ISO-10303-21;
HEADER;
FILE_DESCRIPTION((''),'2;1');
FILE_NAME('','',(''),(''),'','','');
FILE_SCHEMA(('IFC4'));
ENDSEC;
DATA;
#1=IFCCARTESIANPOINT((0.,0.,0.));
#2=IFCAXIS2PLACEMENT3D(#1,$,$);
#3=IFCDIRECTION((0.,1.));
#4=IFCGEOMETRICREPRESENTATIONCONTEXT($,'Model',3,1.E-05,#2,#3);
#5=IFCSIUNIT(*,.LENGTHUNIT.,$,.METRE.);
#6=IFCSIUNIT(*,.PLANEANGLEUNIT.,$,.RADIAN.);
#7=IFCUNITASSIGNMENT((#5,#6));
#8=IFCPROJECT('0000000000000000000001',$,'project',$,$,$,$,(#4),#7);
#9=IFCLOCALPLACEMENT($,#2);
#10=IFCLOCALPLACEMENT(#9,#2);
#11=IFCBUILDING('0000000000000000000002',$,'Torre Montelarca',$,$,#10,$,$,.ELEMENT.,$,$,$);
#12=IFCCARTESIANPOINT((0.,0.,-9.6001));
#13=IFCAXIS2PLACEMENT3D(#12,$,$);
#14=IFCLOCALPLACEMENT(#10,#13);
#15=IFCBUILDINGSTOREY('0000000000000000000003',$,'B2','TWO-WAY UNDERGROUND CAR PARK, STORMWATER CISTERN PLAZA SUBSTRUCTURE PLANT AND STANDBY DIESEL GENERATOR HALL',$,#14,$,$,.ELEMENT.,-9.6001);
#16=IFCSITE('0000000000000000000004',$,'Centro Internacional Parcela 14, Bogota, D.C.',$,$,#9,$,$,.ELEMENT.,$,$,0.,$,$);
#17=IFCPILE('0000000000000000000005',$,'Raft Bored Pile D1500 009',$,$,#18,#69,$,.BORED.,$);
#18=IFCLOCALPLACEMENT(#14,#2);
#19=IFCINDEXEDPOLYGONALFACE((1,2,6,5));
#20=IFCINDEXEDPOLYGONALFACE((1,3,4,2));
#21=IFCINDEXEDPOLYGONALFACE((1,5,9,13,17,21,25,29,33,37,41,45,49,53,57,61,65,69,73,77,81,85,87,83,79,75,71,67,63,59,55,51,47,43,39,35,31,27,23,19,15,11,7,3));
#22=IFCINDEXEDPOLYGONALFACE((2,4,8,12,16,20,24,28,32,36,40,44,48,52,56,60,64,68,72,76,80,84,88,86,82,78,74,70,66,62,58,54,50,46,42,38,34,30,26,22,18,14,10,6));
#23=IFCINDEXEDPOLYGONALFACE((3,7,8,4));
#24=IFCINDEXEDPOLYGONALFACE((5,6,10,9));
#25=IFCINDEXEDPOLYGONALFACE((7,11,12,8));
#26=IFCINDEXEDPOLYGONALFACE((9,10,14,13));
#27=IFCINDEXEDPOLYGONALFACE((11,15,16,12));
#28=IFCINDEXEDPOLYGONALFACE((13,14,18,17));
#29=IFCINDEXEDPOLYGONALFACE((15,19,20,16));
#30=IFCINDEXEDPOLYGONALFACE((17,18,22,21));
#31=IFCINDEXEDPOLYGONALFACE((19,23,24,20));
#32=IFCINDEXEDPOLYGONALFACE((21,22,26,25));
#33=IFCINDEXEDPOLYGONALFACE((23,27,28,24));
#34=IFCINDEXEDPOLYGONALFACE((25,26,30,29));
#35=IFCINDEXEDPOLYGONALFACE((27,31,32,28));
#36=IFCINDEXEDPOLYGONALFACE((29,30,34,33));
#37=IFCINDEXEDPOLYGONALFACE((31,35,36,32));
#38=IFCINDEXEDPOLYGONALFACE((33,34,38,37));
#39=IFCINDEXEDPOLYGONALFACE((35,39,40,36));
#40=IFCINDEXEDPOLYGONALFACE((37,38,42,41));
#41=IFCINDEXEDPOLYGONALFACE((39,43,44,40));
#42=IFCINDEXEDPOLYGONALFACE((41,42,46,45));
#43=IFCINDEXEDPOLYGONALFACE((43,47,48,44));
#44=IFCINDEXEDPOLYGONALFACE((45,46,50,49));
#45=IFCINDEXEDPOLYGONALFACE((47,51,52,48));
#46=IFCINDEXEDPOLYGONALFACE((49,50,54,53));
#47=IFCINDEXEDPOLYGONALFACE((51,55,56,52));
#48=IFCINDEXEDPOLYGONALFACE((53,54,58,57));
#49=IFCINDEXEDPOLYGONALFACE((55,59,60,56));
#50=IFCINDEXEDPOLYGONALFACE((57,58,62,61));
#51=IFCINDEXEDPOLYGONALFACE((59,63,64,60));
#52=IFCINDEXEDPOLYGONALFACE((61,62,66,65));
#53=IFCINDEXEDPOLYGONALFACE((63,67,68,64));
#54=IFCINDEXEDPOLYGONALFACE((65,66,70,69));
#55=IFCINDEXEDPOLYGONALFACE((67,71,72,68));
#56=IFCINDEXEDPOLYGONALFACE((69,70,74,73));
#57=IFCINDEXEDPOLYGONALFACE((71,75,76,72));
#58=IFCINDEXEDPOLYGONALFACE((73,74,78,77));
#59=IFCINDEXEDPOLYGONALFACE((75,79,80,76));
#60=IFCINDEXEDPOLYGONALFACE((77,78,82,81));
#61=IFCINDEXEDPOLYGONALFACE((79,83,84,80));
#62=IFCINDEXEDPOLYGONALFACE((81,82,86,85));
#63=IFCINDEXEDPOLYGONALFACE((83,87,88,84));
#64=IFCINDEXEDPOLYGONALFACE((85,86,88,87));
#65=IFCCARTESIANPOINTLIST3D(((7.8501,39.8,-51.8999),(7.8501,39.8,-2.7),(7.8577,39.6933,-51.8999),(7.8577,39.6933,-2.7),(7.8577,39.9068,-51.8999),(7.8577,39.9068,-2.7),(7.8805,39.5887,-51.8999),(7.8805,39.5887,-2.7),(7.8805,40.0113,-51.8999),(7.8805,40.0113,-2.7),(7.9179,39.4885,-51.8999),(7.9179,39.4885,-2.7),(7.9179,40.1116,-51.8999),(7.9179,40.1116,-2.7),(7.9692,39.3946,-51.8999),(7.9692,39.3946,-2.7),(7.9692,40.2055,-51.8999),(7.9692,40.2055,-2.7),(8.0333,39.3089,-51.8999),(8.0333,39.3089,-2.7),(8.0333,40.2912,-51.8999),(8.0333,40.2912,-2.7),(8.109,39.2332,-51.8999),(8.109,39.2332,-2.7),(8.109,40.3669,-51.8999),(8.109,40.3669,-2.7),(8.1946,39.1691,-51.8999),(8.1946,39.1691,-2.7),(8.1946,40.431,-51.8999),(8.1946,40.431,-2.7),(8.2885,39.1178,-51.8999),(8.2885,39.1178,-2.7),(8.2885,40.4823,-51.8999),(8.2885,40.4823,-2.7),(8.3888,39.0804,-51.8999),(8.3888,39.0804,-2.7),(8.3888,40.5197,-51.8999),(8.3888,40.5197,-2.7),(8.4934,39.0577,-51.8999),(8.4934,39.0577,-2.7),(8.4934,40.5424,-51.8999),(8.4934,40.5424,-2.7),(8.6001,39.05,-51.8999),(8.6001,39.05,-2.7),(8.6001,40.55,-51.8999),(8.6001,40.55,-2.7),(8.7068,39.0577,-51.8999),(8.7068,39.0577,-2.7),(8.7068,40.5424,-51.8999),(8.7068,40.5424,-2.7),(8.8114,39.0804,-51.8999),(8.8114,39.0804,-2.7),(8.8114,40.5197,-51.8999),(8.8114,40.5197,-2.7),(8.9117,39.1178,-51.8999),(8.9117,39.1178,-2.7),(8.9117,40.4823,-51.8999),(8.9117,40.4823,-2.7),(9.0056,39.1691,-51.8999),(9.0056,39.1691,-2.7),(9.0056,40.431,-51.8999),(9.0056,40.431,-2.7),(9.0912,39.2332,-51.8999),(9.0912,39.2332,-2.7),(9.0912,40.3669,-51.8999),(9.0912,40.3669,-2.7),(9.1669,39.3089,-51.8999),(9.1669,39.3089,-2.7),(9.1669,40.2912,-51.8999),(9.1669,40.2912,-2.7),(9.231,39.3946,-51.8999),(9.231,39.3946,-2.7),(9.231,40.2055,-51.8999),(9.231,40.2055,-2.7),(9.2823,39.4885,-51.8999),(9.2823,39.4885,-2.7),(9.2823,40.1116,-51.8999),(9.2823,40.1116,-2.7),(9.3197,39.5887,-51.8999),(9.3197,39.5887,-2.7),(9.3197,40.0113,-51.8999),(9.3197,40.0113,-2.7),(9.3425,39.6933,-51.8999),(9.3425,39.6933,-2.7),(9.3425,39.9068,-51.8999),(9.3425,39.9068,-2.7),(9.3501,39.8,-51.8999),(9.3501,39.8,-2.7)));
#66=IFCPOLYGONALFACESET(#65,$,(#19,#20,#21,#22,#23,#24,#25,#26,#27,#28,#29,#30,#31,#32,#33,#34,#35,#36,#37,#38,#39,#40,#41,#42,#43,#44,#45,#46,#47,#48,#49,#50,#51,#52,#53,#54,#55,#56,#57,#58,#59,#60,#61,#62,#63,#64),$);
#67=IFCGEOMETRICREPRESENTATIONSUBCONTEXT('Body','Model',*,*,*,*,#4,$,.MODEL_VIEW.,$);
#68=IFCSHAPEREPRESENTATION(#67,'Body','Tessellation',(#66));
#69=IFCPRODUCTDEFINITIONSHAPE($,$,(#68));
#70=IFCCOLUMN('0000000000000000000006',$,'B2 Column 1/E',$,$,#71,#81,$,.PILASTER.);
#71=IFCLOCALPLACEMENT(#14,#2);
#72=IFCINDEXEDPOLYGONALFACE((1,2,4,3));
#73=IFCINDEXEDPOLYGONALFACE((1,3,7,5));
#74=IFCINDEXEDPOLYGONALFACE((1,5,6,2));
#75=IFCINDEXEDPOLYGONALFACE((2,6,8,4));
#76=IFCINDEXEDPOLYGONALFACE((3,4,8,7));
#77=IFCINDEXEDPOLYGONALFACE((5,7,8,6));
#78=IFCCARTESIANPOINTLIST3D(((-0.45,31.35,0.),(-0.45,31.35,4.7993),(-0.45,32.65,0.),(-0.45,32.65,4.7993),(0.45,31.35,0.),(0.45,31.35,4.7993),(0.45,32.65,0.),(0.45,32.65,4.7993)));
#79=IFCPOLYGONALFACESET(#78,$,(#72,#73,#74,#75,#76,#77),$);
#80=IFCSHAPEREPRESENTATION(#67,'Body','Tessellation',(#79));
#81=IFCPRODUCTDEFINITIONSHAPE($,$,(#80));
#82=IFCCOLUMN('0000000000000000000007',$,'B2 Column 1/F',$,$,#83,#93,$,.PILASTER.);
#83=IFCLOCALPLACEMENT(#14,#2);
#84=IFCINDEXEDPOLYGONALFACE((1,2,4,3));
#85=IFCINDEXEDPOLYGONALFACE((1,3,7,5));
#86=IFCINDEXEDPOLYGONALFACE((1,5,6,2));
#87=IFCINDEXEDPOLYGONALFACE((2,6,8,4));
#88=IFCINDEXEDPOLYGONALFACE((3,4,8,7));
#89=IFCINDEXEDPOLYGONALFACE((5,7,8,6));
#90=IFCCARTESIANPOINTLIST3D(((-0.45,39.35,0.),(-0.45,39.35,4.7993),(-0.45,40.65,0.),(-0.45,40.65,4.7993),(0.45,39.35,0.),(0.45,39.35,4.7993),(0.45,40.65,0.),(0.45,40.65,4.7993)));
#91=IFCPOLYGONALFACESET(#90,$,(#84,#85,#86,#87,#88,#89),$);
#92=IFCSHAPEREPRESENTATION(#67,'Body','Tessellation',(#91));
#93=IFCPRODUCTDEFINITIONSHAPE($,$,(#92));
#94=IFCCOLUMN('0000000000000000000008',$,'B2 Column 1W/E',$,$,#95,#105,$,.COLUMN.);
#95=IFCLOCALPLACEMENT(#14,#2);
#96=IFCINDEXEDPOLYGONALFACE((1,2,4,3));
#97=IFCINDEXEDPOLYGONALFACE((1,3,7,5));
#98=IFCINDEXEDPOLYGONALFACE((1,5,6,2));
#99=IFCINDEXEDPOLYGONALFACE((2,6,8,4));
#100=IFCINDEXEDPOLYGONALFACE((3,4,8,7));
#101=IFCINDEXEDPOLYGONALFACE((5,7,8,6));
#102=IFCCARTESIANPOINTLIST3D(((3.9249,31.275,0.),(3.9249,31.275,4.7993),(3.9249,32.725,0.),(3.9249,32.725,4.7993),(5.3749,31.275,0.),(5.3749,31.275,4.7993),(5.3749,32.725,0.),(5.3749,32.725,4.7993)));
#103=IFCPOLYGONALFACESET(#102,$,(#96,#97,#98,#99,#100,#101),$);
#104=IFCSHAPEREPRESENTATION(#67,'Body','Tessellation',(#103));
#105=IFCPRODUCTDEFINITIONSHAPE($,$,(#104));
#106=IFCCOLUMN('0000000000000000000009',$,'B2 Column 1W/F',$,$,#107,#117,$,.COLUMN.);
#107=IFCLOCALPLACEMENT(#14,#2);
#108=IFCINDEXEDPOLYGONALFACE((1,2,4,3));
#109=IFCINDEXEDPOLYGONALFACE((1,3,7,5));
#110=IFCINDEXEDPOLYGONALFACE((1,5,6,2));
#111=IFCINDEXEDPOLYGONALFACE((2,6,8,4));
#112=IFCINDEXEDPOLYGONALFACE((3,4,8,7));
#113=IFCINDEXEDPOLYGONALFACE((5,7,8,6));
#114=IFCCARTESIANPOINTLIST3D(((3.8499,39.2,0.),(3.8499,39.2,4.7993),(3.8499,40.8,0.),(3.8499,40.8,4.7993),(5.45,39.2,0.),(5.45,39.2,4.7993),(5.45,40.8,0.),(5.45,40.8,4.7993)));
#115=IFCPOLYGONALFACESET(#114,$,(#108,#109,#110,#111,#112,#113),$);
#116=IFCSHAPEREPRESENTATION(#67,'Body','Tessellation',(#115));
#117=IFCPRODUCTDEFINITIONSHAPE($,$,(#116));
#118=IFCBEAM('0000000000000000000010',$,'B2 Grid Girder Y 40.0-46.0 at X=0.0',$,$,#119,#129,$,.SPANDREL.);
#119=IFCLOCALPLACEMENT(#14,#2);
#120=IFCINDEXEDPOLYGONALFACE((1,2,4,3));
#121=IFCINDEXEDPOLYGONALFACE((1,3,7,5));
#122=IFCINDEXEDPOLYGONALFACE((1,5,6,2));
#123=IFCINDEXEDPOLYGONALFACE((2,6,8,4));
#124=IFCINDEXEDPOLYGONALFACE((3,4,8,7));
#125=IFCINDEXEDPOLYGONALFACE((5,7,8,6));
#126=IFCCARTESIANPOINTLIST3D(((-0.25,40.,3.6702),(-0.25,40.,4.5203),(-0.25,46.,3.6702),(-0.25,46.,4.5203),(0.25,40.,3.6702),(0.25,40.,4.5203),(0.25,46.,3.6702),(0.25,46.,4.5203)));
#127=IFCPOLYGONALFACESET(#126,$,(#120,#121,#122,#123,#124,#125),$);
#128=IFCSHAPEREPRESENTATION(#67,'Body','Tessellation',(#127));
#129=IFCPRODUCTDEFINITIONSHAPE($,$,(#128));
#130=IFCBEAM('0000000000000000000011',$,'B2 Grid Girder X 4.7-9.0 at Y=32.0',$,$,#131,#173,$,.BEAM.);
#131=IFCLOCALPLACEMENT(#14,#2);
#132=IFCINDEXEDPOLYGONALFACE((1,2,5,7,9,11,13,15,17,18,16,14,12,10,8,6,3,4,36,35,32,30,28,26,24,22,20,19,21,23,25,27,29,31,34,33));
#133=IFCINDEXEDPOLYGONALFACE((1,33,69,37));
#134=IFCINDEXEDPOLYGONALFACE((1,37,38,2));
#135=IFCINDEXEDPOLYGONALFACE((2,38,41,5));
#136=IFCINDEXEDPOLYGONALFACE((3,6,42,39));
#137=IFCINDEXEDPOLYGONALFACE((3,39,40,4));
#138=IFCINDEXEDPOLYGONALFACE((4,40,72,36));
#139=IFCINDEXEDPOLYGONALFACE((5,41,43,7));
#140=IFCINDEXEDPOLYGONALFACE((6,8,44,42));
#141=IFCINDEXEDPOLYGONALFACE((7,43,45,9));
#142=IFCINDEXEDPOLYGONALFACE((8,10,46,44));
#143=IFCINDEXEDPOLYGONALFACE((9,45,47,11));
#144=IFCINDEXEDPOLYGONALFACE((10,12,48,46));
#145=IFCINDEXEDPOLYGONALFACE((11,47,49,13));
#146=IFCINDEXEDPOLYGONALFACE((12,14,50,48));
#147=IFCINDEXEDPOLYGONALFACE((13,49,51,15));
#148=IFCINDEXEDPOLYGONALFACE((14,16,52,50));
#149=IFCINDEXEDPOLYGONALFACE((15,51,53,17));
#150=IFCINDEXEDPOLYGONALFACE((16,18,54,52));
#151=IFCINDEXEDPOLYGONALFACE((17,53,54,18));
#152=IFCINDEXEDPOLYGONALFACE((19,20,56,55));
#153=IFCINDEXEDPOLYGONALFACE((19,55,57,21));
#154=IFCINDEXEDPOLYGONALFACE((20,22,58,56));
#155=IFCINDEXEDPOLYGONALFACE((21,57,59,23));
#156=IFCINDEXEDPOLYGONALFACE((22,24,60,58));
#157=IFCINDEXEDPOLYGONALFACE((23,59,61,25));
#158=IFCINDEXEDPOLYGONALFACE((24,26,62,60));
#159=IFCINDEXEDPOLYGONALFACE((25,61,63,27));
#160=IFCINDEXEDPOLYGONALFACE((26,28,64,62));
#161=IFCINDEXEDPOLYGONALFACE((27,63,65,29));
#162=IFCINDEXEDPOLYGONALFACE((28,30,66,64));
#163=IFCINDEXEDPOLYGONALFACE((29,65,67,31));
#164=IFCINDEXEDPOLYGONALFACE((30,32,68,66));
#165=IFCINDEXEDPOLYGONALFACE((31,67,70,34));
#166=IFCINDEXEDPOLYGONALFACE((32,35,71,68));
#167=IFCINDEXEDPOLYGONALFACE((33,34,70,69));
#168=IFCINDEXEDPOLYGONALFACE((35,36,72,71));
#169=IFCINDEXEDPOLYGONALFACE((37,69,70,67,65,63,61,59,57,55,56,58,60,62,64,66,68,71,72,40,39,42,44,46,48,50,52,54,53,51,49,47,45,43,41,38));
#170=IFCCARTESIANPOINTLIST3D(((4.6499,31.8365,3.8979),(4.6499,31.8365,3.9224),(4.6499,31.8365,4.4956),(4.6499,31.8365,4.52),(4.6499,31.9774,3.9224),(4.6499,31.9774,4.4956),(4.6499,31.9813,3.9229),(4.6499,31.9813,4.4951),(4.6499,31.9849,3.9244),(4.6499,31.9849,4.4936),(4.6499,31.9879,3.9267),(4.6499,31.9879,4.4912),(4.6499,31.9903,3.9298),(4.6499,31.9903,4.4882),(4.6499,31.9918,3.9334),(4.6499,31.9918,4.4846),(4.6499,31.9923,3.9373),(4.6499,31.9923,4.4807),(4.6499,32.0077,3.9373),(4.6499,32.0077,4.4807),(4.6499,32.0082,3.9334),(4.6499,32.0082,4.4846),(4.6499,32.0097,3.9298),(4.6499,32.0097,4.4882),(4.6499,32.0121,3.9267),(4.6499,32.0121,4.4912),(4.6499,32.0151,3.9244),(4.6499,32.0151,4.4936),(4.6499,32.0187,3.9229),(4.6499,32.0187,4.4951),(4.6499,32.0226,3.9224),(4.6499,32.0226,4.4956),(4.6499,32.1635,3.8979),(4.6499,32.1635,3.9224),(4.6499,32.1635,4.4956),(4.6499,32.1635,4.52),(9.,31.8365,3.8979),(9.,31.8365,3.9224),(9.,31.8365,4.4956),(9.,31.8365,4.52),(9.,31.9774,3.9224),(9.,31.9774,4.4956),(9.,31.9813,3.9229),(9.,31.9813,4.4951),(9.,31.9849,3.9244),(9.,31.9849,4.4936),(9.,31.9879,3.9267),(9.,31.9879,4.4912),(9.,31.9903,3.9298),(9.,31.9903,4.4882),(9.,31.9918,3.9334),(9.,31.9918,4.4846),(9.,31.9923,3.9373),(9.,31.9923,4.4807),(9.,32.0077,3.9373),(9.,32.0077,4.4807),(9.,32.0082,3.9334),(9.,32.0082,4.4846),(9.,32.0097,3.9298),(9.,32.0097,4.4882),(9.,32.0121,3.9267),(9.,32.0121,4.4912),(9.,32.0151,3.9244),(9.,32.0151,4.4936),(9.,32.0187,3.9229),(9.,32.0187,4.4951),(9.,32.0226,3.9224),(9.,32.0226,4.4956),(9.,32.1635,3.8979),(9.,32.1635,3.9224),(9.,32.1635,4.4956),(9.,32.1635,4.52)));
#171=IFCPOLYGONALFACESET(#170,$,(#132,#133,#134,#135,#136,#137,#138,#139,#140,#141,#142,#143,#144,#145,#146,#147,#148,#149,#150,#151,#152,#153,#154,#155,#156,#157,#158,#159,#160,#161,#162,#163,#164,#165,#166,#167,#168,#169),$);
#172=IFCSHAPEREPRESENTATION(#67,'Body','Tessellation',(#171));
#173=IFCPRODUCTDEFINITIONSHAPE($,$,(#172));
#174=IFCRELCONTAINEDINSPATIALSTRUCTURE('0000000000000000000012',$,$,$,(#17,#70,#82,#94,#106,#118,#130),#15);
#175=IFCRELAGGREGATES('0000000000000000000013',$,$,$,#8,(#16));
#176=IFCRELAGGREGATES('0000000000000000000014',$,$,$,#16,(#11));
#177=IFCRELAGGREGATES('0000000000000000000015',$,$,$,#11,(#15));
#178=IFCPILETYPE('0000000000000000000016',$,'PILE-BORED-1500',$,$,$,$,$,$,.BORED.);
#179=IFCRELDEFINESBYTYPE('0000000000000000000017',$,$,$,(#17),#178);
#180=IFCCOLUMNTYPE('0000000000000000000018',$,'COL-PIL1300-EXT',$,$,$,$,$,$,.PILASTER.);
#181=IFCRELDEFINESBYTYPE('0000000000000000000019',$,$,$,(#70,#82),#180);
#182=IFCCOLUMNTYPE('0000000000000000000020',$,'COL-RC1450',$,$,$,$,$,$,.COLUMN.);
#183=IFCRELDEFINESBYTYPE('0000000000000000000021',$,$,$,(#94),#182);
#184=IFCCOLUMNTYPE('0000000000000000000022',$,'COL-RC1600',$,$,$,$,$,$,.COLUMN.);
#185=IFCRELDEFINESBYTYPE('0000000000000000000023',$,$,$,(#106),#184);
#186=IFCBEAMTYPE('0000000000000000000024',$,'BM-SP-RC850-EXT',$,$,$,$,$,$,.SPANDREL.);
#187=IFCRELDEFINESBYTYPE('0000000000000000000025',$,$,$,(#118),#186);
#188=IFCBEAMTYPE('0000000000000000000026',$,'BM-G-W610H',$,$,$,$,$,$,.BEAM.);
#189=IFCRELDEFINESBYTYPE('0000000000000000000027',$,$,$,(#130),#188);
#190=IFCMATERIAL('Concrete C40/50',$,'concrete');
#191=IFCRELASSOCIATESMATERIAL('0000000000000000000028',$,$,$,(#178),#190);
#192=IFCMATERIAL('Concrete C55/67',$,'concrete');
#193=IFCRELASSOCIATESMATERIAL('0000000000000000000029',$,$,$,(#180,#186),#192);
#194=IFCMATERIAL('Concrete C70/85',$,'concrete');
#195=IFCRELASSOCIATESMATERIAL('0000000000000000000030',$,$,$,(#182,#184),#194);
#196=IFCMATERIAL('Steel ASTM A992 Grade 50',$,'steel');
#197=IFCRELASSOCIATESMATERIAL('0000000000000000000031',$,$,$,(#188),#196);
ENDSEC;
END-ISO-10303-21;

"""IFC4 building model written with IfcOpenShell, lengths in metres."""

from ifc_helpers import new_model, si_unit, direction, frame, origin, origin_2d, place, context, subcontext, project, spatial, rectangle, circle, i_section, extrude, source, transform, mapped, material, material_profile, profile_set, type_object, element, save


model = new_model("IFC4")

# Units and contexts
model_context = context("Model", 3, precision=1e-05, world=origin(), true_north=direction((0.0, 1.0)))
body_context = subcontext(model_context, "Body", "Model", "MODEL_VIEW")
ifc_project = project(units=[si_unit("LENGTHUNIT", "METRE"), si_unit("PLANEANGLEUNIT", "RADIAN")], contexts=[model_context])

# Site, building, storey
site_placement = place(None, origin())
site = spatial("IfcSite", under=ifc_project, at=site_placement, Name="Centro Internacional Parcela 14, Bogota, D.C.", CompositionType="ELEMENT", RefElevation=0.0)
building_placement = place(site_placement, origin())
building = spatial("IfcBuilding", under=site, at=building_placement, Name="Torre Montelarca", CompositionType="ELEMENT")
storey_placement = place(building_placement, frame((0.0, 0.0, -9.6001)))
storey = spatial("IfcBuildingStorey", under=building, at=storey_placement, Name="B2", Description="TWO-WAY UNDERGROUND CAR PARK, STORMWATER CISTERN PLAZA SUBSTRUCTURE PLANT AND STANDBY DIESEL GENERATOR HALL", CompositionType="ELEMENT", Elevation=-9.6001)

# Pile
ifc_material_1 = material(Name="Concrete C40/50", Category="concrete")
ifc_material_profile_1 = material_profile(ifc_material_1, circle(Radius=0.75, at=origin_2d()), Name="PILE-D1500", Category="concrete")
ifc_profile_set_1 = profile_set([ifc_material_profile_1], Name="Concrete C40/50")
pile_type = type_object("IfcPileType", Name="PILE-BORED-1500", PredefinedType="BORED", material=ifc_profile_set_1)
shared_shape_1 = source(origin(), body_context, "Body", "SweptSolid", [
    extrude(circle(Radius=0.75, at=origin_2d()), origin(), (0.0, 0.0, 1.0), 49.2),
])
for number, where, z_axis, x_axis, name in (
    (1, (8.6001, 39.8, -2.7), (0.0, 0.0, -1.0), (1.0, 0.0, 0.0), "Raft Bored Pile D1500 009"),
):
    element("IfcPile", number, at=place(storey_placement, frame(where, z_axis=z_axis, x_axis=x_axis)), inside=storey, type_object=pile_type, Name=name, PredefinedType="BORED", context=body_context, shape_type="MappedRepresentation", body=[
        mapped(shared_shape_1, transform((0.0, 0.0, 0.0), scale=1.0)),
    ])

# Columns
ifc_material_2 = material(Name="Concrete C55/67", Category="concrete")
ifc_material_profile_2 = material_profile(ifc_material_2, rectangle(XDim=0.8999, YDim=1.3, at=origin_2d()), Name="RC1300X900", Category="concrete")
ifc_profile_set_2 = profile_set([ifc_material_profile_2], Name="Concrete C55/67")
column_type_1 = type_object("IfcColumnType", Name="COL-PIL1300-EXT", PredefinedType="PILASTER", material=ifc_profile_set_2)
shared_shape_2 = source(origin(), body_context, "Body", "SweptSolid", [
    extrude(rectangle(XDim=0.8999, YDim=1.3, at=origin_2d()), origin(), (0.0, 0.0, 1.0), 4.7993),
])
for number, where, z_axis, x_axis, name in (
    (2, (0.0, 32.0, 0.0), (0.0, 0.0, 1.0), (1.0, 0.0, 0.0), "B2 Column 1/E"),
    (3, (0.0, 40.0, 0.0), (0.0, 0.0, 1.0), (1.0, 0.0, 0.0), "B2 Column 1/F"),
):
    element("IfcColumn", number, at=place(storey_placement, frame(where, z_axis=z_axis, x_axis=x_axis)), inside=storey, type_object=column_type_1, Name=name, PredefinedType="PILASTER", context=body_context, shape_type="MappedRepresentation", body=[
        mapped(shared_shape_2, transform((0.0, 0.0, 0.0), scale=1.0)),
    ])
ifc_material_3 = material(Name="Concrete C70/85", Category="concrete")
ifc_material_profile_3 = material_profile(ifc_material_3, rectangle(XDim=1.45, YDim=1.45, at=origin_2d()), Name="RC1450X1450", Category="concrete")
ifc_profile_set_3 = profile_set([ifc_material_profile_3], Name="Concrete C70/85")
column_type_2 = type_object("IfcColumnType", Name="COL-RC1450", PredefinedType="COLUMN", material=ifc_profile_set_3)
shared_shape_3 = source(origin(), body_context, "Body", "SweptSolid", [
    extrude(rectangle(XDim=1.45, YDim=1.45, at=origin_2d()), origin(), (0.0, 0.0, 1.0), 4.7993),
])
column_1_placement = place(storey_placement, frame((4.6499, 32.0, 0.0), z_axis=(0.0, 0.0, 1.0), x_axis=(1.0, 0.0, 0.0)))
element("IfcColumn", 4, at=column_1_placement, inside=storey, type_object=column_type_2, Name="B2 Column 1W/E", PredefinedType="COLUMN", context=body_context, shape_type="MappedRepresentation", body=[
    mapped(shared_shape_3, transform((0.0, 0.0, 0.0), scale=1.0)),
])
ifc_material_profile_4 = material_profile(ifc_material_3, rectangle(XDim=1.6001, YDim=1.6001, at=origin_2d()), Name="RC1600X1600", Category="concrete")
ifc_profile_set_4 = profile_set([ifc_material_profile_4], Name="Concrete C70/85")
column_type_3 = type_object("IfcColumnType", Name="COL-RC1600", PredefinedType="COLUMN", material=ifc_profile_set_4)
shared_shape_4 = source(origin(), body_context, "Body", "SweptSolid", [
    extrude(rectangle(XDim=1.6001, YDim=1.6001, at=origin_2d()), origin(), (0.0, 0.0, 1.0), 4.7993),
])
column_2_placement = place(storey_placement, frame((4.6499, 40.0, 0.0), z_axis=(0.0, 0.0, 1.0), x_axis=(1.0, 0.0, 0.0)))
element("IfcColumn", 5, at=column_2_placement, inside=storey, type_object=column_type_3, Name="B2 Column 1W/F", PredefinedType="COLUMN", context=body_context, shape_type="MappedRepresentation", body=[
    mapped(shared_shape_4, transform((0.0, 0.0, 0.0), scale=1.0)),
])

# Beams
ifc_material_profile_5 = material_profile(ifc_material_2, rectangle(XDim=0.5, YDim=0.8501, at=origin_2d()), Name="RCB500X850", Category="concrete")
ifc_profile_set_5 = profile_set([ifc_material_profile_5], Name="Concrete C55/67")
beam_type_1 = type_object("IfcBeamType", Name="BM-SP-RC850-EXT", PredefinedType="SPANDREL", material=ifc_profile_set_5)
shared_shape_5 = source(origin(), body_context, "Body", "SweptSolid", [
    extrude(rectangle(XDim=0.5, YDim=0.8501, at=origin_2d()), origin(), (0.0, 0.0, 1.0), 6.0),
])
beam_1_placement = place(storey_placement, frame((0.0, 40.0, 4.0952), z_axis=(0.0, 1.0, 0.0), x_axis=(-1.0, 0.0, 0.0)))
element("IfcBeam", 6, at=beam_1_placement, inside=storey, type_object=beam_type_1, Name="B2 Grid Girder Y 40.0-46.0 at X=0.0", PredefinedType="SPANDREL", context=body_context, shape_type="MappedRepresentation", body=[
    mapped(shared_shape_5, transform((0.0, 0.0, 0.0), scale=1.0)),
])
ifc_material_4 = material(Name="Steel ASTM A992 Grade 50", Category="steel")
ifc_material_profile_6 = material_profile(ifc_material_4, i_section(OverallWidth=0.3269, OverallDepth=0.6221, WebThickness=0.0154, FlangeThickness=0.0244, FilletRadius=0.0149, at=origin_2d()), Name="W610X195", Category="steel")
ifc_profile_set_6 = profile_set([ifc_material_profile_6], Name="Steel ASTM A992 Grade 50")
beam_type_2 = type_object("IfcBeamType", Name="BM-G-W610H", PredefinedType="BEAM", material=ifc_profile_set_6)
shared_shape_6 = source(origin(), body_context, "Body", "SweptSolid", [
    extrude(i_section(OverallWidth=0.3269, OverallDepth=0.6221, WebThickness=0.0154, FlangeThickness=0.0244, FilletRadius=0.0149, at=origin_2d()), origin(), (0.0, 0.0, 1.0), 4.3501),
])
for number, where, z_axis, x_axis, name in (
    (7, (4.6499, 32.0, 4.209), (1.0, 0.0, 0.0), (0.0, 1.0, 0.0), "B2 Grid Girder X 4.7-9.0 at Y=32.0"),
):
    element("IfcBeam", number, at=place(storey_placement, frame(where, z_axis=z_axis, x_axis=x_axis)), inside=storey, type_object=beam_type_2, Name=name, PredefinedType="BEAM", context=body_context, shape_type="MappedRepresentation", body=[
        mapped(shared_shape_6, transform((0.0, 0.0, 0.0), scale=1.0)),
    ])

save(model, "model.ifc")
